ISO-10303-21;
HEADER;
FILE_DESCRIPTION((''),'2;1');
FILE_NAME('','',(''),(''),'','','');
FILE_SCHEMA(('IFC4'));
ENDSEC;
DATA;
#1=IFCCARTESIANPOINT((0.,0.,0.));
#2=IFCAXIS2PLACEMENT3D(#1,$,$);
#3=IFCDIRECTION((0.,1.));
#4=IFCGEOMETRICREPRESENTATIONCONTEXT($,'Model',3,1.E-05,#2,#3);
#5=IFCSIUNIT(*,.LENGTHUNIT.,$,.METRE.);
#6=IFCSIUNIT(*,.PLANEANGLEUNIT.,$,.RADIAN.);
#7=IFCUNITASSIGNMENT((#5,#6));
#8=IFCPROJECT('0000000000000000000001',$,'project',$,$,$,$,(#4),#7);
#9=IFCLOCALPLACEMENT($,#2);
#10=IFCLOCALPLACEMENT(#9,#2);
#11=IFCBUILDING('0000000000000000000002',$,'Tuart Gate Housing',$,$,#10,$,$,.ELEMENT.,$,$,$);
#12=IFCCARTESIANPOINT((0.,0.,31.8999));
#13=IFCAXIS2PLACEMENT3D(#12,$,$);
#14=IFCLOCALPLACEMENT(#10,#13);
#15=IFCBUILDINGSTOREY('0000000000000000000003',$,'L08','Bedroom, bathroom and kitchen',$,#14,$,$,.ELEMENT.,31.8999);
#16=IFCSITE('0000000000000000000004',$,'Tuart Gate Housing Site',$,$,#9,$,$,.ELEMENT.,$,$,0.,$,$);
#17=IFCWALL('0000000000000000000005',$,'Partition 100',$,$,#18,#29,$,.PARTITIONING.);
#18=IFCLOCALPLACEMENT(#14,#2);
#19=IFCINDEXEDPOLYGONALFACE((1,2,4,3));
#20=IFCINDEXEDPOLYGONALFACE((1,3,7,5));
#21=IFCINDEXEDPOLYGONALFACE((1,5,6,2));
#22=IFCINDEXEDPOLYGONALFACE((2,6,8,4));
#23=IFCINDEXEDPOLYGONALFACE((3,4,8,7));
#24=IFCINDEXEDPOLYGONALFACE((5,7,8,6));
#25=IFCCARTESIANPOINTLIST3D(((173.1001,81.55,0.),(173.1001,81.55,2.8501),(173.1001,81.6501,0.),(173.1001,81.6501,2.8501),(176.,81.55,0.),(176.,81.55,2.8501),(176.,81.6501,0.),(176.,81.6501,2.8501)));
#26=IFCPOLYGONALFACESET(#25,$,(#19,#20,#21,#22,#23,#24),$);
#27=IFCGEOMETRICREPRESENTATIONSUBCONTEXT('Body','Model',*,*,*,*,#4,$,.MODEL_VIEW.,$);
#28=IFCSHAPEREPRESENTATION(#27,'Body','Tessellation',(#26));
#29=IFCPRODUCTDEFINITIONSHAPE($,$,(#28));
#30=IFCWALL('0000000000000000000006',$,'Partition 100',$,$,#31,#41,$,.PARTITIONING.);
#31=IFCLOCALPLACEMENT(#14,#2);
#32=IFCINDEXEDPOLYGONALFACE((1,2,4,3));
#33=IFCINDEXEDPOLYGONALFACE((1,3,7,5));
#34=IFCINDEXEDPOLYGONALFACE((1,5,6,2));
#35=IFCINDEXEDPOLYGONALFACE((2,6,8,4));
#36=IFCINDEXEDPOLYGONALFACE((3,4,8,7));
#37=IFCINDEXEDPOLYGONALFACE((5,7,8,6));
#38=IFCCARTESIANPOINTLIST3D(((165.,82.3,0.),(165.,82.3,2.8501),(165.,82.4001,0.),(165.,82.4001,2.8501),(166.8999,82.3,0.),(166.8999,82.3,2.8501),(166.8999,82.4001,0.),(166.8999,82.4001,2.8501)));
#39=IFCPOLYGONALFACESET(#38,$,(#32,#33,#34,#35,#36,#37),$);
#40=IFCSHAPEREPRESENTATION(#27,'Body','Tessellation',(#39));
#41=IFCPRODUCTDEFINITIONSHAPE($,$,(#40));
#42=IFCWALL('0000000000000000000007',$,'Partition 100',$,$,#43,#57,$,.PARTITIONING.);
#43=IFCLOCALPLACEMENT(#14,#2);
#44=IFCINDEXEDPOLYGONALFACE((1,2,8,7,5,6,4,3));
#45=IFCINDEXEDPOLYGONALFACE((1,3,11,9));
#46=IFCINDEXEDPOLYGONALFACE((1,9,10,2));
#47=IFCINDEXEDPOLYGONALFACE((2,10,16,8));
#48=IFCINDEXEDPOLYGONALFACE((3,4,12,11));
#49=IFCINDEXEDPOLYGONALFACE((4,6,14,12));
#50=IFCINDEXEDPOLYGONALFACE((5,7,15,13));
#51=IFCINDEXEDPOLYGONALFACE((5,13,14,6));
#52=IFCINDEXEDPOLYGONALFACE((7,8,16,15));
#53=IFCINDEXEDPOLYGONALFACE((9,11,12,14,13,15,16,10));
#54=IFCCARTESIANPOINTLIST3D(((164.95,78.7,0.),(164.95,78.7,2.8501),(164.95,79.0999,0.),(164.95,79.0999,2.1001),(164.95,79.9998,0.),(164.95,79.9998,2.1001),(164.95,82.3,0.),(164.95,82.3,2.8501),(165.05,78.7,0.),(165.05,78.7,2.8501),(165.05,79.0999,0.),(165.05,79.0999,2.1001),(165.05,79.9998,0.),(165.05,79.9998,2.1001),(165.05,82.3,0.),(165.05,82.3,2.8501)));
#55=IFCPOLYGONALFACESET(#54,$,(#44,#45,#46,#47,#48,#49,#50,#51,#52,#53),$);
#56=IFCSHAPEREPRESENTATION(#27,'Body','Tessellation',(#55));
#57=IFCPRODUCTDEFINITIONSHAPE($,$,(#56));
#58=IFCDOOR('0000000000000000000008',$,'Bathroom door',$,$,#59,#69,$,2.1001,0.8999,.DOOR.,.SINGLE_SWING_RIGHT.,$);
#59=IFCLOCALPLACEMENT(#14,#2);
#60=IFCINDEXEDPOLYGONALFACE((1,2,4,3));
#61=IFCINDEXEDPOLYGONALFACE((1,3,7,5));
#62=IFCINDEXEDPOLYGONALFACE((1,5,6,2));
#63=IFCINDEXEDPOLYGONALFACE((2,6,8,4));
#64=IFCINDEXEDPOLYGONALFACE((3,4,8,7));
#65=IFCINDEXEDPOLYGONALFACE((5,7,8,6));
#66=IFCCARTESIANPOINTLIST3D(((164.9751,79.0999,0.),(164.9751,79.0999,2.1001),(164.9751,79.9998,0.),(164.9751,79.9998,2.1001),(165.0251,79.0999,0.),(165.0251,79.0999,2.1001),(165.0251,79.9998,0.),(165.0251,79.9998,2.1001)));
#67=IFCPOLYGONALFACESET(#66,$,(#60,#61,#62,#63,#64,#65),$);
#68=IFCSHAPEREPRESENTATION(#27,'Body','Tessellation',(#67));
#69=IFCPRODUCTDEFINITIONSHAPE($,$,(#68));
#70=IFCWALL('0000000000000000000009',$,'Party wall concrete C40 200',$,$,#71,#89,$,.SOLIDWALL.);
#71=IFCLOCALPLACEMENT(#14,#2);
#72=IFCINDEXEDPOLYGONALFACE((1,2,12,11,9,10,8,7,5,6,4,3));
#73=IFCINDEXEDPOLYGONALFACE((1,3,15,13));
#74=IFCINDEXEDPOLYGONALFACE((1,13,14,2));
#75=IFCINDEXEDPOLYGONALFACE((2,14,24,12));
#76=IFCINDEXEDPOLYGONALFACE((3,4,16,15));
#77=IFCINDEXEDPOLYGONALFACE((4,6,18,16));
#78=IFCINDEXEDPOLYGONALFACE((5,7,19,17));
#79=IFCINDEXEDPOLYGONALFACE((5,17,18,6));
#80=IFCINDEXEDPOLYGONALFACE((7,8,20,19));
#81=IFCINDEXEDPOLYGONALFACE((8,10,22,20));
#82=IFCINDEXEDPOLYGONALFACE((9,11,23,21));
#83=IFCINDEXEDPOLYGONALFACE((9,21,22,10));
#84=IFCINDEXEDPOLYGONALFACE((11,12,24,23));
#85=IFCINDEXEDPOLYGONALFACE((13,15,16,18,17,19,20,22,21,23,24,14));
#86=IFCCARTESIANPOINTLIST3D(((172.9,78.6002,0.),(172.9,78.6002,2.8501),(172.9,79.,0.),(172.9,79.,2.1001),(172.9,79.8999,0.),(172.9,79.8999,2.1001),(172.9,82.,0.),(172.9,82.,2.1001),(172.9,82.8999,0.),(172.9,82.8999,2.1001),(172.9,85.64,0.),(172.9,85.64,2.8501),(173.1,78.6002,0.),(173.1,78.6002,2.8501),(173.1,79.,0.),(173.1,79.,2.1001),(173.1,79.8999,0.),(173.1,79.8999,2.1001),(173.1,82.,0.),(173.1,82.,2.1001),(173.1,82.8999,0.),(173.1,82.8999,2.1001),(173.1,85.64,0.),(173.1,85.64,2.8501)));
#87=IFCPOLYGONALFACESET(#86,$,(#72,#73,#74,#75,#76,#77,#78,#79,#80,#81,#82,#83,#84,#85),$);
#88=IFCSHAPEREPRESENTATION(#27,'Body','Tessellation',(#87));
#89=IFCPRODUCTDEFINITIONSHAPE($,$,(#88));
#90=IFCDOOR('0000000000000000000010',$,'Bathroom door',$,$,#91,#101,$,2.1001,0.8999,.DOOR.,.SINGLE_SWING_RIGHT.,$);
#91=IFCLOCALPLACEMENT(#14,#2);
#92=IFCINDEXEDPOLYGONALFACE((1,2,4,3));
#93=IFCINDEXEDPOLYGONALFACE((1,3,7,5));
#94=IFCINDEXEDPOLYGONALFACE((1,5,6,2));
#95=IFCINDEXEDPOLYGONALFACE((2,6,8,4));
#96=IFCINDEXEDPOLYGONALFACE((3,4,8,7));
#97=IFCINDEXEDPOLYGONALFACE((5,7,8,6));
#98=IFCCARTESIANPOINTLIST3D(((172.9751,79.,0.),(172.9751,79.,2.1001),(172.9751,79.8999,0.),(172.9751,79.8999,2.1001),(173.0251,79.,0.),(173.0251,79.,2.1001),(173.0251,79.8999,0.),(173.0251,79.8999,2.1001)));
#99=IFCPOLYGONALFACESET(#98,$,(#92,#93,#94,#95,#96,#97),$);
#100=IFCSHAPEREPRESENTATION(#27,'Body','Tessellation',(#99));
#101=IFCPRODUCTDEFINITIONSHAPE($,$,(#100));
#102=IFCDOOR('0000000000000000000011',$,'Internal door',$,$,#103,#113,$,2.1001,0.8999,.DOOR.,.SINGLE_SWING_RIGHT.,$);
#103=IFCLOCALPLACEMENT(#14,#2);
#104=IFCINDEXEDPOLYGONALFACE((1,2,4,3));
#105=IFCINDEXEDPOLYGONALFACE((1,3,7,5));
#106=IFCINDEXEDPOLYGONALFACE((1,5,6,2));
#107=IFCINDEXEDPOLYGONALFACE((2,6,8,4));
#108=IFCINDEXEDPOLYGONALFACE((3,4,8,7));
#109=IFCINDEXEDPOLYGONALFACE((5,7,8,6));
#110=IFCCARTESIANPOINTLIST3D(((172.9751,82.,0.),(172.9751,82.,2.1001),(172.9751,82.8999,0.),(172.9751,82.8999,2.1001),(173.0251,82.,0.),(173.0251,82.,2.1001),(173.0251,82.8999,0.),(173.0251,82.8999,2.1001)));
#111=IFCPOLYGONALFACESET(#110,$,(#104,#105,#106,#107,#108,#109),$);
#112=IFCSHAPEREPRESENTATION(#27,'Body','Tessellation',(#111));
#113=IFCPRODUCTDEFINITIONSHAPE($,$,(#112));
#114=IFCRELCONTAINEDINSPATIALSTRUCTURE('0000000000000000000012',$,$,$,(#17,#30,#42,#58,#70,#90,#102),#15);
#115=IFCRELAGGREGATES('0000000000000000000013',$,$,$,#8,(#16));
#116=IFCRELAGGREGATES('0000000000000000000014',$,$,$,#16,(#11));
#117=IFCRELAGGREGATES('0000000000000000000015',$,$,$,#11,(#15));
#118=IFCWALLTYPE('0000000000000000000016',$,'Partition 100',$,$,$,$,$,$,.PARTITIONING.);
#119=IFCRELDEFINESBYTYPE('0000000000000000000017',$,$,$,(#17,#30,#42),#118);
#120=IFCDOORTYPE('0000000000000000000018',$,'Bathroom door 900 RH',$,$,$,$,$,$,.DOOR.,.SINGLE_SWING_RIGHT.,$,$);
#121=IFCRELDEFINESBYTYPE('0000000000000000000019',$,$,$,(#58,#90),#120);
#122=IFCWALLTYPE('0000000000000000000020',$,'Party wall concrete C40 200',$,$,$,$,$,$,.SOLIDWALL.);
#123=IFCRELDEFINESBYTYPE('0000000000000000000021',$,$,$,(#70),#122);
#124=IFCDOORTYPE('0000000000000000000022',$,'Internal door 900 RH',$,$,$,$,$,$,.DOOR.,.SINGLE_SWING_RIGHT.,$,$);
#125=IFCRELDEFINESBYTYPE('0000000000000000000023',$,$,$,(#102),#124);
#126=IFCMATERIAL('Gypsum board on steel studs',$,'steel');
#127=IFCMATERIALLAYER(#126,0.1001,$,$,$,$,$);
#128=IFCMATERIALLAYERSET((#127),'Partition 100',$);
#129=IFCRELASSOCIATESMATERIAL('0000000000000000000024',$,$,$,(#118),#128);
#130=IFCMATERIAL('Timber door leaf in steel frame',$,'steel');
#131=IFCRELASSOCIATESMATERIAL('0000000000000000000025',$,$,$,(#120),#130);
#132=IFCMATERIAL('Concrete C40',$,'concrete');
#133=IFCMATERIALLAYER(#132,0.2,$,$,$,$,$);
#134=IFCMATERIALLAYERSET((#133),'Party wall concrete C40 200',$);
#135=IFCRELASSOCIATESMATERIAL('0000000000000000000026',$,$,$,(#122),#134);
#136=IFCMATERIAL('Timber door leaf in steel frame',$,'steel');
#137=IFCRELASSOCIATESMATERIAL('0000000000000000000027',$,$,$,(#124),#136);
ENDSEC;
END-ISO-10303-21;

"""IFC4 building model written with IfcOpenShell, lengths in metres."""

from ifc_helpers import new_model, si_unit, direction, frame, frame_2d, origin, place, context, subcontext, project, spatial, rectangle, extrude, material, layer, layer_set, type_object, element, fill, save


model = new_model("IFC4")

# Units and contexts
model_context = context("Model", 3, precision=1e-05, world=origin(), true_north=direction((0.0, 1.0)))
body_context = subcontext(model_context, "Body", "Model", "MODEL_VIEW")
ifc_project = project(units=[si_unit("LENGTHUNIT", "METRE"), si_unit("PLANEANGLEUNIT", "RADIAN")], contexts=[model_context])

# Site, building, storey
site_placement = place(None, origin())
site = spatial("IfcSite", under=ifc_project, at=site_placement, Name="Tuart Gate Housing Site", CompositionType="ELEMENT", RefElevation=0.0)
building_placement = place(site_placement, origin())
building = spatial("IfcBuilding", under=site, at=building_placement, Name="Tuart Gate Housing", CompositionType="ELEMENT")
storey_placement = place(building_placement, frame((0.0, 0.0, 31.8999)))
storey = spatial("IfcBuildingStorey", under=building, at=storey_placement, Name="L08", Description="Bedroom, bathroom and kitchen", CompositionType="ELEMENT", Elevation=31.8999)

# Walls
ifc_material_1 = material(Name="Gypsum board on steel studs", Category="steel")
ifc_layer_1 = layer(ifc_material_1, 0.1001)
ifc_layer_set_1 = layer_set([ifc_layer_1], Name="Partition 100")
wall_type_1 = type_object("IfcWallType", Name="Partition 100", PredefinedType="PARTITIONING", material=ifc_layer_set_1)
wall_1_placement = place(storey_placement, frame((173.1001, 81.6001, 0.0), z_axis=(0.0, 0.0, 1.0), x_axis=(1.0, 0.0, 0.0)))
element("IfcWall", 1, at=wall_1_placement, inside=storey, type_object=wall_type_1, Name="Partition 100", PredefinedType="PARTITIONING", context=body_context, shape_type="SweptSolid", body=[
    extrude(rectangle(XDim=2.8999, YDim=0.1001, at=frame_2d((1.45, 0.0))), origin(), (0.0, 0.0, 1.0), 2.8501),
])
wall_2_placement = place(storey_placement, frame((165.0, 82.3501, 0.0), z_axis=(0.0, 0.0, 1.0), x_axis=(1.0, 0.0, 0.0)))
element("IfcWall", 2, at=wall_2_placement, inside=storey, type_object=wall_type_1, Name="Partition 100", PredefinedType="PARTITIONING", context=body_context, shape_type="SweptSolid", body=[
    extrude(rectangle(XDim=1.8999, YDim=0.1001, at=frame_2d((0.95, 0.0))), origin(), (0.0, 0.0, 1.0), 2.8501),
])

# Wall, opening, door
wall_3_placement = place(storey_placement, frame((165.0, 78.7, 0.0), z_axis=(0.0, 0.0, 1.0), x_axis=(0.0, 1.0, 0.0)))
wall_3 = element("IfcWall", 3, at=wall_3_placement, inside=storey, type_object=wall_type_1, Name="Partition 100", PredefinedType="PARTITIONING", context=body_context, shape_type="SweptSolid", body=[
    extrude(rectangle(XDim=3.6001, YDim=0.1001, at=frame_2d((1.8, 0.0))), origin(), (0.0, 0.0, 1.0), 2.8501),
])
opening_1_placement = place(wall_3_placement, frame((0.3999, 0.0, 0.0)))
opening_1 = element("IfcOpeningElement", 4, at=opening_1_placement, cuts=wall_3, PredefinedType="OPENING", context=body_context, shape_type="SweptSolid", body=[
    extrude(rectangle(XDim=0.8999, YDim=2.1001, at=frame_2d((0.45, 1.05))), frame((0.0, 0.0601, 0.0), z_axis=(0.0, -1.0, 0.0), x_axis=(1.0, 0.0, 0.0)), (0.0, 0.0, 1.0), 0.1201),
])
ifc_material_2 = material(Name="Timber door leaf in steel frame", Category="steel")
door_type_1 = type_object("IfcDoorType", Name="Bathroom door 900 RH", OperationType="SINGLE_SWING_RIGHT", PredefinedType="DOOR", material=ifc_material_2)
door_1_placement = place(opening_1_placement, frame((0.8999, 0.0, 0.0), z_axis=(0.0, 0.0, 1.0), x_axis=(-1.0, 0.0, 0.0)))
door_1 = element("IfcDoor", 5, at=door_1_placement, inside=storey, type_object=door_type_1, Name="Bathroom door", OperationType="SINGLE_SWING_RIGHT", OverallHeight=2.1001, OverallWidth=0.8999, PredefinedType="DOOR", context=body_context, shape_type="SweptSolid", body=[
    extrude(rectangle(XDim=0.8999, YDim=2.1001, at=frame_2d((0.45, 1.05))), frame((0.0, 0.0251, 0.0), z_axis=(0.0, -1.0, 0.0), x_axis=(1.0, 0.0, 0.0)), (0.0, 0.0, 1.0), 0.05),
])
fill(opening_1, door_1)

# Wall, openings, doors
ifc_material_3 = material(Name="Concrete C40", Category="concrete")
ifc_layer_2 = layer(ifc_material_3, 0.2)
ifc_layer_set_2 = layer_set([ifc_layer_2], Name="Party wall concrete C40 200")
wall_type_2 = type_object("IfcWallType", Name="Party wall concrete C40 200", PredefinedType="SOLIDWALL", material=ifc_layer_set_2)
wall_4_placement = place(storey_placement, frame((173.0, 78.6001, 0.0), z_axis=(0.0, 0.0, 1.0), x_axis=(0.0, 1.0, 0.0)))
wall_4 = element("IfcWall", 6, at=wall_4_placement, inside=storey, type_object=wall_type_2, Name="Party wall concrete C40 200", PredefinedType="SOLIDWALL", context=body_context, shape_type="SweptSolid", body=[
    extrude(rectangle(XDim=7.0398, YDim=0.2, at=frame_2d((3.52, 0.0))), origin(), (0.0, 0.0, 1.0), 2.8501),
])
opening_2_placement = place(wall_4_placement, frame((3.3999, 0.0, 0.0)))
opening_2 = element("IfcOpeningElement", 7, at=opening_2_placement, cuts=wall_4, PredefinedType="OPENING", context=body_context, shape_type="SweptSolid", body=[
    extrude(rectangle(XDim=0.8999, YDim=2.1001, at=frame_2d((0.45, 1.05))), frame((0.0, 0.1099, 0.0), z_axis=(0.0, -1.0, 0.0), x_axis=(1.0, 0.0, 0.0)), (0.0, 0.0, 1.0), 0.22),
])
opening_3_placement = place(wall_4_placement, frame((0.3999, 0.0, 0.0)))
opening_3 = element("IfcOpeningElement", 8, at=opening_3_placement, cuts=wall_4, PredefinedType="OPENING", context=body_context, shape_type="SweptSolid", body=[
    extrude(rectangle(XDim=0.8999, YDim=2.1001, at=frame_2d((0.45, 1.05))), frame((0.0, 0.1099, 0.0), z_axis=(0.0, -1.0, 0.0), x_axis=(1.0, 0.0, 0.0)), (0.0, 0.0, 1.0), 0.22),
])
door_2_placement = place(opening_3_placement, frame((0.8999, 0.0, 0.0), z_axis=(0.0, 0.0, 1.0), x_axis=(-1.0, 0.0, 0.0)))
door_2 = element("IfcDoor", 9, at=door_2_placement, inside=storey, type_object=door_type_1, Name="Bathroom door", OperationType="SINGLE_SWING_RIGHT", OverallHeight=2.1001, OverallWidth=0.8999, PredefinedType="DOOR", context=body_context, shape_type="SweptSolid", body=[
    extrude(rectangle(XDim=0.8999, YDim=2.1001, at=frame_2d((0.45, 1.05))), frame((0.0, 0.0251, 0.0), z_axis=(0.0, -1.0, 0.0), x_axis=(1.0, 0.0, 0.0)), (0.0, 0.0, 1.0), 0.05),
])
fill(opening_3, door_2)
ifc_material_4 = material(Name="Timber door leaf in steel frame", Category="steel")
door_type_2 = type_object("IfcDoorType", Name="Internal door 900 RH", OperationType="SINGLE_SWING_RIGHT", PredefinedType="DOOR", material=ifc_material_4)
door_3_placement = place(opening_2_placement, frame((0.8999, 0.0, 0.0), z_axis=(0.0, 0.0, 1.0), x_axis=(-1.0, 0.0, 0.0)))
door_3 = element("IfcDoor", 10, at=door_3_placement, inside=storey, type_object=door_type_2, Name="Internal door", OperationType="SINGLE_SWING_RIGHT", OverallHeight=2.1001, OverallWidth=0.8999, PredefinedType="DOOR", context=body_context, shape_type="SweptSolid", body=[
    extrude(rectangle(XDim=0.8999, YDim=2.1001, at=frame_2d((0.45, 1.05))), frame((0.0, 0.0251, 0.0), z_axis=(0.0, -1.0, 0.0), x_axis=(1.0, 0.0, 0.0)), (0.0, 0.0, 1.0), 0.05),
])
fill(opening_2, door_3)

save(model, "model.ifc")
